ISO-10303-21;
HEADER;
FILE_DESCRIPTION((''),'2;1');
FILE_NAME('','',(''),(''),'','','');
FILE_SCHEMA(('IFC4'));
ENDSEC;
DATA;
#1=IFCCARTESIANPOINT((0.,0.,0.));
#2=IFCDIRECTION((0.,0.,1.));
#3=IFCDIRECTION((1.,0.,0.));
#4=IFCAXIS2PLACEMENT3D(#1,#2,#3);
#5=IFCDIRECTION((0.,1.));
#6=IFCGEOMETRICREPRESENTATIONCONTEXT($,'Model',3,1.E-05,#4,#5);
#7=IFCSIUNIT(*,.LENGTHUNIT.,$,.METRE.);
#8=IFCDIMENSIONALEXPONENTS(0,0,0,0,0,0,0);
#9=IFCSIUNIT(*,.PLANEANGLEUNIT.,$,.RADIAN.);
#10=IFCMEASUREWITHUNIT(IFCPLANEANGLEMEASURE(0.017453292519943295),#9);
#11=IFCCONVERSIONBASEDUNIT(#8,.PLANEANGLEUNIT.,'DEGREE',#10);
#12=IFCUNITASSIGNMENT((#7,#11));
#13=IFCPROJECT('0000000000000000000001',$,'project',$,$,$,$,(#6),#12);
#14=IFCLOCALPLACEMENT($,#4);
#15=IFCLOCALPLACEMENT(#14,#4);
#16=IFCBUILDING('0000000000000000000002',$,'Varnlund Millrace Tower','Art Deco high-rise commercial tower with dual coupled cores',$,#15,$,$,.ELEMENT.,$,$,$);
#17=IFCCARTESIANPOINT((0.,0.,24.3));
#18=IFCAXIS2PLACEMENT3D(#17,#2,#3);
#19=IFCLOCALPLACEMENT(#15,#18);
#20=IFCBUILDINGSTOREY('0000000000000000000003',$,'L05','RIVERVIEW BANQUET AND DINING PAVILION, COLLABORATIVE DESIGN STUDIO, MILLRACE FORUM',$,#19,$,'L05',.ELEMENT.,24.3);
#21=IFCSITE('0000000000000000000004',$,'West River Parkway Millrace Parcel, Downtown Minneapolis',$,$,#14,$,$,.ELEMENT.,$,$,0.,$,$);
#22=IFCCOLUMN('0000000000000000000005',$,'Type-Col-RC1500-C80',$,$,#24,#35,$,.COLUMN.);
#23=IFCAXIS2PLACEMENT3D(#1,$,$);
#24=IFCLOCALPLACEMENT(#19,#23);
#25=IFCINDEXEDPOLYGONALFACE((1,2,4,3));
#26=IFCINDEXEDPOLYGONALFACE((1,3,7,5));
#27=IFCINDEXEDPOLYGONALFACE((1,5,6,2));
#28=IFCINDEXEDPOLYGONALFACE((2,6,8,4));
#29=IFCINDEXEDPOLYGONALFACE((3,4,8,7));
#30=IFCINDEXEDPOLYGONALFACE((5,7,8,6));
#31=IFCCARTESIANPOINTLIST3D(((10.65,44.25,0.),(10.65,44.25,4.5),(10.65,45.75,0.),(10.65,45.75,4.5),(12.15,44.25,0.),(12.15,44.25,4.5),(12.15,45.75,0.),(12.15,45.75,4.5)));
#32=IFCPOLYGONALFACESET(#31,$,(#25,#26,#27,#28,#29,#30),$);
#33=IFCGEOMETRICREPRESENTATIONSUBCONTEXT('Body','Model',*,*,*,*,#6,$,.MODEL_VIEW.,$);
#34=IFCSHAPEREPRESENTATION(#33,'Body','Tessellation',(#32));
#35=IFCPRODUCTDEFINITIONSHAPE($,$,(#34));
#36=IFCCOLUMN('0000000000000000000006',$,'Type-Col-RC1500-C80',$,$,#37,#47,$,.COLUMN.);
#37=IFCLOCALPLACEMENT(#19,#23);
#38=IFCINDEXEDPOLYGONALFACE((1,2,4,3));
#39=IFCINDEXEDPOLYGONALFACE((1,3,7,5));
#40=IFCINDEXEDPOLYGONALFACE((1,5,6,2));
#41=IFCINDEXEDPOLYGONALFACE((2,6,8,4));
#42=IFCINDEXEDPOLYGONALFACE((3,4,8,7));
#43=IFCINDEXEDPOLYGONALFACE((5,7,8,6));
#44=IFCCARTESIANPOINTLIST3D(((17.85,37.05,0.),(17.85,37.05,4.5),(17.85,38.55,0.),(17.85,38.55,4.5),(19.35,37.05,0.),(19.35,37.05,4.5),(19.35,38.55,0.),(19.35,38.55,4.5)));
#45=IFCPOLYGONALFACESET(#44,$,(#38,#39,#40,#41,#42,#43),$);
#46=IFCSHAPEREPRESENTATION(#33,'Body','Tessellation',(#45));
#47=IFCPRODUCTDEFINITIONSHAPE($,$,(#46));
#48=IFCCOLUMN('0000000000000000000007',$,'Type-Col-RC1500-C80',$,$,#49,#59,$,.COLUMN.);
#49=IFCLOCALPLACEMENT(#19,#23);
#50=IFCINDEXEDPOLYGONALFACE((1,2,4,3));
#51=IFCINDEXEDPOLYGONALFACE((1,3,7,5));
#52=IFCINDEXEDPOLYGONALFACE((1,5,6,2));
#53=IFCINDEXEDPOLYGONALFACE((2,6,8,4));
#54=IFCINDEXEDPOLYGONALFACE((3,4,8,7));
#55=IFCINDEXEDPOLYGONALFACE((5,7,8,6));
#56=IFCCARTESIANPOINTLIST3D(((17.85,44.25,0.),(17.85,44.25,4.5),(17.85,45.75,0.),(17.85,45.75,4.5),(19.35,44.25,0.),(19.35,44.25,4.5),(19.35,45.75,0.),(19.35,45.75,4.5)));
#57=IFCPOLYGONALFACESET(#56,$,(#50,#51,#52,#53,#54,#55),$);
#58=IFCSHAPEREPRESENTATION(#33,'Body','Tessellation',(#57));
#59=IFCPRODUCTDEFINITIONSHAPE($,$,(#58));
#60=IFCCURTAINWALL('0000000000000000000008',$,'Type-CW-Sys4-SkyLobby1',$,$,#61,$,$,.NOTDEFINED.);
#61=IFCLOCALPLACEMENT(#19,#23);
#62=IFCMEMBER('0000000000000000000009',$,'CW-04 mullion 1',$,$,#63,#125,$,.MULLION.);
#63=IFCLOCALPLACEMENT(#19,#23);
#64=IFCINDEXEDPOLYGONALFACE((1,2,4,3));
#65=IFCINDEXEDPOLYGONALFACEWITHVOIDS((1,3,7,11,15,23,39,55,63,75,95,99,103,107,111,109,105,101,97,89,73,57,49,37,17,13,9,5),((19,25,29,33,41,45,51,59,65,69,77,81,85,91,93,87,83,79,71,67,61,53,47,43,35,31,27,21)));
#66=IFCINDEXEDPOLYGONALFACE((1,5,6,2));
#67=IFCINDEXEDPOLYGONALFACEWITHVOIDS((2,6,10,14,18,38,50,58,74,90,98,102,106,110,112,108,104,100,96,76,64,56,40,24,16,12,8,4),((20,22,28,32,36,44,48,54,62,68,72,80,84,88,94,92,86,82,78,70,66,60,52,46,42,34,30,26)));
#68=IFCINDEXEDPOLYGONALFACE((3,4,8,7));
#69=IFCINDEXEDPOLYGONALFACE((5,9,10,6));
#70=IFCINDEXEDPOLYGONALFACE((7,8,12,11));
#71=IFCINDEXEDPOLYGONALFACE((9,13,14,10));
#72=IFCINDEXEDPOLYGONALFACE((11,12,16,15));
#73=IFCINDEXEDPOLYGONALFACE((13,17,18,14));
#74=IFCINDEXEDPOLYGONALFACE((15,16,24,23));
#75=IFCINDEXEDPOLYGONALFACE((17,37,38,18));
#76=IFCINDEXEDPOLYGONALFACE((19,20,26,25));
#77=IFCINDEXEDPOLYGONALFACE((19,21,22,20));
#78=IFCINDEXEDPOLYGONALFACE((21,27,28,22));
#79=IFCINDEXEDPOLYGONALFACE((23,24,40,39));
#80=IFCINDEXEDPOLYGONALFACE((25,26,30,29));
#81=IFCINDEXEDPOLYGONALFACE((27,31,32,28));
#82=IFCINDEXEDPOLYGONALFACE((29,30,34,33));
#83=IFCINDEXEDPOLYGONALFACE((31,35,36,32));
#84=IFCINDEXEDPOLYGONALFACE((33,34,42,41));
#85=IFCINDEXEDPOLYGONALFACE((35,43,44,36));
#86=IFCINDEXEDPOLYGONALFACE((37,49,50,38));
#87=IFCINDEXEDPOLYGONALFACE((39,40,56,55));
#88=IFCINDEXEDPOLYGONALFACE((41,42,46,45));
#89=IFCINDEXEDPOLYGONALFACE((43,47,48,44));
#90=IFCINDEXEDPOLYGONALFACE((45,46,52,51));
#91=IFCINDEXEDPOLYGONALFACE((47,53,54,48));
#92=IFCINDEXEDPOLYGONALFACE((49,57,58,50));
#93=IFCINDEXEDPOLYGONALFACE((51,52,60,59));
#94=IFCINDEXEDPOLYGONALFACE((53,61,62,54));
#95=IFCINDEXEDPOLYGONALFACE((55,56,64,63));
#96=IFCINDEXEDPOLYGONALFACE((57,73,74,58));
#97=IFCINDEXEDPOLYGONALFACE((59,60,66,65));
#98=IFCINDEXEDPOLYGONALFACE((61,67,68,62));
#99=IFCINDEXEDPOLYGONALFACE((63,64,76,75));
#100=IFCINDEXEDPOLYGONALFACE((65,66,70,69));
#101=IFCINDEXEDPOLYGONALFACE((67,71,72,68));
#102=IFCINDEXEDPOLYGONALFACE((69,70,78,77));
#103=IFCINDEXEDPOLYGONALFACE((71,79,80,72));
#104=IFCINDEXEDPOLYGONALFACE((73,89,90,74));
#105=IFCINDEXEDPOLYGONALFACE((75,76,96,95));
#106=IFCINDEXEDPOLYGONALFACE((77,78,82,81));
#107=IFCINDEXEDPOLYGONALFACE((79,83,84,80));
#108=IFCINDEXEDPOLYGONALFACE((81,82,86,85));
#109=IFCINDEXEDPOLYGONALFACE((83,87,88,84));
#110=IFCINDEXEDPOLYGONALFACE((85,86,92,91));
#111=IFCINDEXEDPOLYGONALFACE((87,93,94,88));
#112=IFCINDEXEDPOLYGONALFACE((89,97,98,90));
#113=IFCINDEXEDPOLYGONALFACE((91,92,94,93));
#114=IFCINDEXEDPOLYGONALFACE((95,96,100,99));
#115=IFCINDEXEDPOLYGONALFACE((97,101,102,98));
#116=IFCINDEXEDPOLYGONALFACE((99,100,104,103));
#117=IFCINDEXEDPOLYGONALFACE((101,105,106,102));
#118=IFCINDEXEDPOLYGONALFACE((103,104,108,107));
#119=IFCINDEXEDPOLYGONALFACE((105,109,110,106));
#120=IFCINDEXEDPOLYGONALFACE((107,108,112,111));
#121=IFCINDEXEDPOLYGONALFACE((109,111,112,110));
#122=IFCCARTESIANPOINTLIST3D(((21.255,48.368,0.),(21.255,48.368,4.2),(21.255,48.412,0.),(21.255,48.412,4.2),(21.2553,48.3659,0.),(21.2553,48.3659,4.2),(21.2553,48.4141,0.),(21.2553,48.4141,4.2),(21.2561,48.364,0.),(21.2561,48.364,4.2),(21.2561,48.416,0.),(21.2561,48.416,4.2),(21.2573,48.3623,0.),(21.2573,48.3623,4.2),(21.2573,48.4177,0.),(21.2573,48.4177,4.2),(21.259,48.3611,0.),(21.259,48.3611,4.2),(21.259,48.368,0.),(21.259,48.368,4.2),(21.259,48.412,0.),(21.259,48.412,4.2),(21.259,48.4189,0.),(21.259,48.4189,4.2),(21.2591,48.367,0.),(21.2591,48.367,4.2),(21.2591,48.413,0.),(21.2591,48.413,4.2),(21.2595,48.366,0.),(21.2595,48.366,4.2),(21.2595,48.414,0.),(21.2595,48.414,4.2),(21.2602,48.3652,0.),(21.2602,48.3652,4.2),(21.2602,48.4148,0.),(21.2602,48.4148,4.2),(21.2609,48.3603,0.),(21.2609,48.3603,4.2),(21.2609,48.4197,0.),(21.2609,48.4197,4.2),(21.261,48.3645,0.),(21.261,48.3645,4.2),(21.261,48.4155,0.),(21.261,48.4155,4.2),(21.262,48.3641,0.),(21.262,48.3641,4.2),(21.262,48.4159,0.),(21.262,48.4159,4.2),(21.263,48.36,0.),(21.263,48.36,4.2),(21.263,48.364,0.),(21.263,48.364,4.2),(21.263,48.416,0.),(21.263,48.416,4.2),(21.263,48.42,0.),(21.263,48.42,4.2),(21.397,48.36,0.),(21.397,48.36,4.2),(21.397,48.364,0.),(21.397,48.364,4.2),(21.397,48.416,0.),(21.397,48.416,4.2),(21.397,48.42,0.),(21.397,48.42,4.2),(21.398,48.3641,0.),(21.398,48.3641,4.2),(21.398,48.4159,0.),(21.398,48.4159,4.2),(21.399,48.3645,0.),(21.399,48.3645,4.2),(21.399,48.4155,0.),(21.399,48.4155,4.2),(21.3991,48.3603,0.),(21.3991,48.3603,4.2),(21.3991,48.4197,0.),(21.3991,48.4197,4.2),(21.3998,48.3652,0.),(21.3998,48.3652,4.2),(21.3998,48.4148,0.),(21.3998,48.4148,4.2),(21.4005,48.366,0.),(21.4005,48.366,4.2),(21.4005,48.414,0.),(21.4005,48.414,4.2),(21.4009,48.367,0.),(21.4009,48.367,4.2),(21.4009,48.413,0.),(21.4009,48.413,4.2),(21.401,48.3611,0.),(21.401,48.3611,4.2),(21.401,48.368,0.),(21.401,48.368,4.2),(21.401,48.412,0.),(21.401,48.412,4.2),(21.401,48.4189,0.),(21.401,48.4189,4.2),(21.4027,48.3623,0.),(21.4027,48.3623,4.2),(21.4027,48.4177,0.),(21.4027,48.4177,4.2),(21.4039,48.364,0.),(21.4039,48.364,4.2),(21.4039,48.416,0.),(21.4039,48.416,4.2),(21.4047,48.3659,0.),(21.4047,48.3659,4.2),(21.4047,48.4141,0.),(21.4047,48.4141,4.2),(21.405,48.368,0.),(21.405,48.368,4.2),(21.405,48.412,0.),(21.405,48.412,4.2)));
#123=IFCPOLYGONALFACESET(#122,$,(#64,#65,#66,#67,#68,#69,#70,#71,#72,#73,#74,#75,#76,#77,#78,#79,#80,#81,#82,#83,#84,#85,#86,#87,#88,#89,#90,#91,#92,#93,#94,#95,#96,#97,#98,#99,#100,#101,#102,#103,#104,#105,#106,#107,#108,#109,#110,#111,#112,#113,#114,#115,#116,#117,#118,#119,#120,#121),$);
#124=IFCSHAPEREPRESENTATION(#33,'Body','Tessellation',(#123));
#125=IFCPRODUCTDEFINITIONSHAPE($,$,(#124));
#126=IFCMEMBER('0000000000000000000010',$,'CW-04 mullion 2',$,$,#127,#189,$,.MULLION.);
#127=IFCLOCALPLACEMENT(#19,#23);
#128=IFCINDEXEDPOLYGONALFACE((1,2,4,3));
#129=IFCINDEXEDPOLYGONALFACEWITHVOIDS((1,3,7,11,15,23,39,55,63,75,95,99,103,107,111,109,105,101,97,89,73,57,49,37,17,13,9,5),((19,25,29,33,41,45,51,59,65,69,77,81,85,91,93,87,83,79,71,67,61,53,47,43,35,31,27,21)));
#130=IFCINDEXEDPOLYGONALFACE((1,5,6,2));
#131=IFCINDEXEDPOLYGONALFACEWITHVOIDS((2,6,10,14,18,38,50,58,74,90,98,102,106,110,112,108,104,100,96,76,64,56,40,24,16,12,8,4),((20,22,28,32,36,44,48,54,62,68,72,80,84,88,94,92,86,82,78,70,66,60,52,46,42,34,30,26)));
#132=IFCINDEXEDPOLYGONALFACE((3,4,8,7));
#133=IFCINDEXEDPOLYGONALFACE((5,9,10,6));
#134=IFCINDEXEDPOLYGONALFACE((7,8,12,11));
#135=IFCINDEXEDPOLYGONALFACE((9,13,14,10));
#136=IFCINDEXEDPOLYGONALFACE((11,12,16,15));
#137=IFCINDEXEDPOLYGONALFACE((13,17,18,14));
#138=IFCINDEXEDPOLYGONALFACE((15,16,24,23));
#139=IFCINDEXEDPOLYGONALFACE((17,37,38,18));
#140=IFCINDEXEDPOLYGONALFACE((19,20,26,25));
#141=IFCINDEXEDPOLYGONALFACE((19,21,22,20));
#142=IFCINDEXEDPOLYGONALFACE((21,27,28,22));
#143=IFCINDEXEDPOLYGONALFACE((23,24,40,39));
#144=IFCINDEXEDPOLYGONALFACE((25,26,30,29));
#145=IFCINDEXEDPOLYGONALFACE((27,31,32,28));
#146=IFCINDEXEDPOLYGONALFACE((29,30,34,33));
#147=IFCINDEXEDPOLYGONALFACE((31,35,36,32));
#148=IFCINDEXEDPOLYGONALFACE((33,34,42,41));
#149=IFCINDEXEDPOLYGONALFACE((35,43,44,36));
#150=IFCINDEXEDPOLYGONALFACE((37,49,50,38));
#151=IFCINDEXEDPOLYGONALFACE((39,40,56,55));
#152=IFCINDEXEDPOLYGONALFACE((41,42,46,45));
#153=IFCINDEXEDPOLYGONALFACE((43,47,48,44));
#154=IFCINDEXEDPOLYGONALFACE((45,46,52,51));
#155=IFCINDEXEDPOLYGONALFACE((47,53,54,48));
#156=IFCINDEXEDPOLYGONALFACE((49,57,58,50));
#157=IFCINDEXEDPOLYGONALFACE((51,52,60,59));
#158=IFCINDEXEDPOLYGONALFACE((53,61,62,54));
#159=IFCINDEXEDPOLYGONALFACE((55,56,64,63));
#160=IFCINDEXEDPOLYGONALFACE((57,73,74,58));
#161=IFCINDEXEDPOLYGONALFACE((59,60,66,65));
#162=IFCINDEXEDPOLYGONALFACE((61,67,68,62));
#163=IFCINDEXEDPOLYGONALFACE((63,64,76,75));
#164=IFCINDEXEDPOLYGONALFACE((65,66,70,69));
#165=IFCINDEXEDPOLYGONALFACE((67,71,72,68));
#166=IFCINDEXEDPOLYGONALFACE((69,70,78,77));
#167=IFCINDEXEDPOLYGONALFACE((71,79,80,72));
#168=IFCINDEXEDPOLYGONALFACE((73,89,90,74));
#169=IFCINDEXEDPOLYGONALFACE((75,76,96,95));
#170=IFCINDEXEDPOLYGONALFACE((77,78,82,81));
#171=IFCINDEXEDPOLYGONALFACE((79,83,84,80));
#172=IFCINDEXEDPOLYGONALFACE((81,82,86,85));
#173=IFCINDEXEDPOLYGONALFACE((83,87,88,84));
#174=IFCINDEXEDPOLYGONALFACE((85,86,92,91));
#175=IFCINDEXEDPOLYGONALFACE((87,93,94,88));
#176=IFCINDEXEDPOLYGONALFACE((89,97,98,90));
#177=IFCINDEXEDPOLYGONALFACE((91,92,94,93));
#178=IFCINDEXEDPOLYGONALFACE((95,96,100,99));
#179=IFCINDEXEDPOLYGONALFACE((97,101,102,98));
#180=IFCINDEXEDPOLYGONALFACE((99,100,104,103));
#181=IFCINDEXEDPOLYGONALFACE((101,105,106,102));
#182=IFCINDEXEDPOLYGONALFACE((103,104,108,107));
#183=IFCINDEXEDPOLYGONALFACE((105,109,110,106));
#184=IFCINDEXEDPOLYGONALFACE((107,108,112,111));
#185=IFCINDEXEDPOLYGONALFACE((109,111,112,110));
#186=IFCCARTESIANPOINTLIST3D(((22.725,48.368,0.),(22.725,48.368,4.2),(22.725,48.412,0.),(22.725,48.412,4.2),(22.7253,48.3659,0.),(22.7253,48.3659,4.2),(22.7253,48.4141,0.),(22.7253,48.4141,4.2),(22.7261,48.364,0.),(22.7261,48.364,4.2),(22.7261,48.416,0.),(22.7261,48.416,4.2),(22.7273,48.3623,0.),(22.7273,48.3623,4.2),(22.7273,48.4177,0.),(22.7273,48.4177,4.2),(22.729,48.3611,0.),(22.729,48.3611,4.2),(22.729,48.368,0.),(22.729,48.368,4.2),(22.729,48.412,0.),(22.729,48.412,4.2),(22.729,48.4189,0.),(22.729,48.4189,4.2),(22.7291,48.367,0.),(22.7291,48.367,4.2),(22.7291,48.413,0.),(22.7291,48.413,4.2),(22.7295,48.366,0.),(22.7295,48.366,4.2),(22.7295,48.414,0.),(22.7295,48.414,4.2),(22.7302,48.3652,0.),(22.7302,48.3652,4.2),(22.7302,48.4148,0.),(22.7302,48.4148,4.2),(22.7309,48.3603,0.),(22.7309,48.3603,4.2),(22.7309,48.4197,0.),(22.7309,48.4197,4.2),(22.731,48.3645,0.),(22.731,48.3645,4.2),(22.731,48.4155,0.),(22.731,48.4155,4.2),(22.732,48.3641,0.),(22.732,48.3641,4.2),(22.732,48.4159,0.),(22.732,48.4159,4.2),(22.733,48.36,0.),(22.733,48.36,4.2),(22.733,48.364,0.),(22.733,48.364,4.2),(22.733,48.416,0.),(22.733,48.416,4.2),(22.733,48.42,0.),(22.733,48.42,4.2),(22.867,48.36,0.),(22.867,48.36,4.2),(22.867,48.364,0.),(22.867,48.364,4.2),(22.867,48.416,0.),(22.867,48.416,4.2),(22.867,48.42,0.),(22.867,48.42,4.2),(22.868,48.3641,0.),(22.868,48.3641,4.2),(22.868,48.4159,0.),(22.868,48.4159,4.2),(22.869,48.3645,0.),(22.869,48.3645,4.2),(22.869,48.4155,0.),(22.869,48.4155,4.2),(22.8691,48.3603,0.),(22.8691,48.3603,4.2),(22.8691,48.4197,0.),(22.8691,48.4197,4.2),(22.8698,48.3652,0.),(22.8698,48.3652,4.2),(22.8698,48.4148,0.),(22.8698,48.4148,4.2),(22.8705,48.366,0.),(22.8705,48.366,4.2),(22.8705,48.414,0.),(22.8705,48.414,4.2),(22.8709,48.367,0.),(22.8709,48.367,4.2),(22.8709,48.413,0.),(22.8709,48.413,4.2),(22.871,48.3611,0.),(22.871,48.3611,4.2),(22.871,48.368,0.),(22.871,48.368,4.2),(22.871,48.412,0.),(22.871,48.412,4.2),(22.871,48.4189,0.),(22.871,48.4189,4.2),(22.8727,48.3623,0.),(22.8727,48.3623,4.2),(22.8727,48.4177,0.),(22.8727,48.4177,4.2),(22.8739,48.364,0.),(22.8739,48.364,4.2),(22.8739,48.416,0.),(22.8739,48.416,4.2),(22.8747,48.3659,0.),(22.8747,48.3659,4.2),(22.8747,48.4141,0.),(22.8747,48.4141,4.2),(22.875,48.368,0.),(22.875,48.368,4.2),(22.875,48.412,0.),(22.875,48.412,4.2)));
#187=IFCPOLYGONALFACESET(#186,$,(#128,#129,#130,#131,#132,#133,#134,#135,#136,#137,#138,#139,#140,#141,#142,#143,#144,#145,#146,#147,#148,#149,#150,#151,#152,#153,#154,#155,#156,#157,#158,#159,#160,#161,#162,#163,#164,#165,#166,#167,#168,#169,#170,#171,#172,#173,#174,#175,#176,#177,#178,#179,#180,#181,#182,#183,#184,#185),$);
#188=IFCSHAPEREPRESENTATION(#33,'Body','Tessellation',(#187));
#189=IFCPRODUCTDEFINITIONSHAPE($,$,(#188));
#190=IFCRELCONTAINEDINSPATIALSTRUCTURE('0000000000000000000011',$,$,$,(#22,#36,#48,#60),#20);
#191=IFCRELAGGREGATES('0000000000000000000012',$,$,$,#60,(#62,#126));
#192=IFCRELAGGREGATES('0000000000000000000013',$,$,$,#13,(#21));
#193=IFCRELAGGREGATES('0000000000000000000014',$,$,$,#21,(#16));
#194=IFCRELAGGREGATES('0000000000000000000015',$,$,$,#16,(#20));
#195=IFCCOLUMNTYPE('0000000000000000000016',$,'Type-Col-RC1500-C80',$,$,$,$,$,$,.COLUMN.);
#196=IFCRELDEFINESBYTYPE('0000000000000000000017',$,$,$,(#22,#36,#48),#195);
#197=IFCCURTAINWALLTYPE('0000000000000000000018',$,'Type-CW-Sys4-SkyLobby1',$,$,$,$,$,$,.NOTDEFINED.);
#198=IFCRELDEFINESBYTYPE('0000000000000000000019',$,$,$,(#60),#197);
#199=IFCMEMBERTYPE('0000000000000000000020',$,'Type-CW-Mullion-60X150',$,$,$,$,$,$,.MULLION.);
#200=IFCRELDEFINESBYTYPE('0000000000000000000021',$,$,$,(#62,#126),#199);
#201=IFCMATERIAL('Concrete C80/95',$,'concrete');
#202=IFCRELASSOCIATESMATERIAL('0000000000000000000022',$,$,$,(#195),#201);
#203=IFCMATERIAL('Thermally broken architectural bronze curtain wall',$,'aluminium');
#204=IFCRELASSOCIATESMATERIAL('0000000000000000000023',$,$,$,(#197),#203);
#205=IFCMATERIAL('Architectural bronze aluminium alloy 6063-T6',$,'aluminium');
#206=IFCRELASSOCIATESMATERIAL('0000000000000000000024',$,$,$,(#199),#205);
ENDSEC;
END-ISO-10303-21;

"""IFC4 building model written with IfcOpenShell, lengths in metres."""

from ifc_helpers import new_model, entity, si_unit, converted_unit, direction, frame, origin_with_axes, origin_2d_with_axis, place, context, subcontext, project, spatial, rectangle, hollow_rectangle, extrude, material, material_profile, profile_set, type_object, element, aggregate, save


model = new_model("IFC4")

# Units and contexts
model_context = context("Model", 3, precision=1e-05, world=origin_with_axes(), true_north=direction((0.0, 1.0)))
body_context = subcontext(model_context, "Body", "Model", "MODEL_VIEW")
ifc_project = project(units=[si_unit("LENGTHUNIT", "METRE"), converted_unit("PLANEANGLEUNIT", "DEGREE", entity("IfcPlaneAngleMeasure", 0.017453292519943295), si_unit("PLANEANGLEUNIT", "RADIAN"), dimensions=[0, 0, 0, 0, 0, 0, 0])], contexts=[model_context])

# Site, building, storey
site_placement = place(None, origin_with_axes())
site = spatial("IfcSite", under=ifc_project, at=site_placement, Name="West River Parkway Millrace Parcel, Downtown Minneapolis", CompositionType="ELEMENT", RefElevation=0.0)
building_placement = place(site_placement, origin_with_axes())
building = spatial("IfcBuilding", under=site, at=building_placement, Name="Varnlund Millrace Tower", Description="Art Deco high-rise commercial tower with dual coupled cores", CompositionType="ELEMENT")
storey_placement = place(building_placement, frame((0.0, 0.0, 24.3), z_axis=(0.0, 0.0, 1.0), x_axis=(1.0, 0.0, 0.0)))
storey = spatial("IfcBuildingStorey", under=building, at=storey_placement, Name="L05", Description="RIVERVIEW BANQUET AND DINING PAVILION, COLLABORATIVE DESIGN STUDIO, MILLRACE FORUM", LongName="L05", CompositionType="ELEMENT", Elevation=24.3)

# Columns
ifc_material_1 = material(Name="Concrete C80/95", Category="concrete")
ifc_material_profile_1 = material_profile(ifc_material_1, rectangle(XDim=1.5, YDim=1.5, at=origin_2d_with_axis()), Name="Concrete C80/95")
ifc_profile_set_1 = profile_set([ifc_material_profile_1], Name="Concrete C80/95")
column_type = type_object("IfcColumnType", Name="Type-Col-RC1500-C80", PredefinedType="COLUMN", material=ifc_profile_set_1)
for number, where, z_axis, x_axis, name in (
    (1, (11.4, 45.0, 0.0), (0.0, 0.0, 1.0), (1.0, 0.0, 0.0), "Type-Col-RC1500-C80"),
    (2, (18.6, 37.8, 0.0), (0.0, 0.0, 1.0), (1.0, 0.0, 0.0), "Type-Col-RC1500-C80"),
    (3, (18.6, 45.0, 0.0), (0.0, 0.0, 1.0), (1.0, 0.0, 0.0), "Type-Col-RC1500-C80"),
):
    element("IfcColumn", number, at=place(storey_placement, frame(where, z_axis=z_axis, x_axis=x_axis)), inside=storey, type_object=column_type, Name=name, PredefinedType="COLUMN", context=body_context, shape_type="SweptSolid", body=[
        extrude(rectangle(XDim=1.5, YDim=1.5, at=origin_2d_with_axis()), origin_with_axes(), (0.0, 0.0, 1.0), 4.5),
    ])

# Curtain wall, members
ifc_material_2 = material(Name="Thermally broken architectural bronze curtain wall", Category="aluminium")
curtain_wall_type = type_object("IfcCurtainWallType", Name="Type-CW-Sys4-SkyLobby1", PredefinedType="NOTDEFINED", material=ifc_material_2)
curtain_wall_placement = place(storey_placement, frame((21.3, 48.39, 0.0), z_axis=(0.0, 0.0, 1.0), x_axis=(1.0, 0.0, 0.0)))
curtain_wall = element("IfcCurtainWall", 4, at=curtain_wall_placement, inside=storey, type_object=curtain_wall_type, Name="Type-CW-Sys4-SkyLobby1", PredefinedType="NOTDEFINED")
ifc_material_3 = material(Name="Architectural bronze aluminium alloy 6063-T6", Category="aluminium")
ifc_material_profile_2 = material_profile(ifc_material_3, hollow_rectangle(XDim=0.06, YDim=0.15, WallThickness=0.004, InnerFilletRadius=0.004, OuterFilletRadius=0.008, at=origin_2d_with_axis()), Name="Architectural bronze aluminium alloy 6063-T6")
ifc_profile_set_2 = profile_set([ifc_material_profile_2], Name="Architectural bronze aluminium alloy 6063-T6")
member_type_1 = type_object("IfcMemberType", Name="Type-CW-Mullion-60X150", PredefinedType="MULLION", material=ifc_profile_set_2)
member_1_placement = place(storey_placement, frame((21.33, 48.39, 0.0), z_axis=(0.0, 0.0, 1.0), x_axis=(0.0, 1.0, 0.0)))
member_1 = element("IfcMember", 5, at=member_1_placement, type_object=member_type_1, Name="CW-04 mullion 1", PredefinedType="MULLION", context=body_context, shape_type="SweptSolid", body=[
    extrude(hollow_rectangle(XDim=0.06, YDim=0.15, WallThickness=0.004, InnerFilletRadius=0.004, OuterFilletRadius=0.008, at=origin_2d_with_axis()), origin_with_axes(), (0.0, 0.0, 1.0), 4.2),
])
member_2_placement = place(storey_placement, frame((22.8, 48.39, 0.0), z_axis=(0.0, 0.0, 1.0), x_axis=(0.0, 1.0, 0.0)))
member_2 = element("IfcMember", 6, at=member_2_placement, type_object=member_type_1, Name="CW-04 mullion 2", PredefinedType="MULLION", context=body_context, shape_type="SweptSolid", body=[
    extrude(hollow_rectangle(XDim=0.06, YDim=0.15, WallThickness=0.004, InnerFilletRadius=0.004, OuterFilletRadius=0.008, at=origin_2d_with_axis()), origin_with_axes(), (0.0, 0.0, 1.0), 4.2),
])

aggregate(curtain_wall, [member_1, member_2])

save(model, "model.ifc")
